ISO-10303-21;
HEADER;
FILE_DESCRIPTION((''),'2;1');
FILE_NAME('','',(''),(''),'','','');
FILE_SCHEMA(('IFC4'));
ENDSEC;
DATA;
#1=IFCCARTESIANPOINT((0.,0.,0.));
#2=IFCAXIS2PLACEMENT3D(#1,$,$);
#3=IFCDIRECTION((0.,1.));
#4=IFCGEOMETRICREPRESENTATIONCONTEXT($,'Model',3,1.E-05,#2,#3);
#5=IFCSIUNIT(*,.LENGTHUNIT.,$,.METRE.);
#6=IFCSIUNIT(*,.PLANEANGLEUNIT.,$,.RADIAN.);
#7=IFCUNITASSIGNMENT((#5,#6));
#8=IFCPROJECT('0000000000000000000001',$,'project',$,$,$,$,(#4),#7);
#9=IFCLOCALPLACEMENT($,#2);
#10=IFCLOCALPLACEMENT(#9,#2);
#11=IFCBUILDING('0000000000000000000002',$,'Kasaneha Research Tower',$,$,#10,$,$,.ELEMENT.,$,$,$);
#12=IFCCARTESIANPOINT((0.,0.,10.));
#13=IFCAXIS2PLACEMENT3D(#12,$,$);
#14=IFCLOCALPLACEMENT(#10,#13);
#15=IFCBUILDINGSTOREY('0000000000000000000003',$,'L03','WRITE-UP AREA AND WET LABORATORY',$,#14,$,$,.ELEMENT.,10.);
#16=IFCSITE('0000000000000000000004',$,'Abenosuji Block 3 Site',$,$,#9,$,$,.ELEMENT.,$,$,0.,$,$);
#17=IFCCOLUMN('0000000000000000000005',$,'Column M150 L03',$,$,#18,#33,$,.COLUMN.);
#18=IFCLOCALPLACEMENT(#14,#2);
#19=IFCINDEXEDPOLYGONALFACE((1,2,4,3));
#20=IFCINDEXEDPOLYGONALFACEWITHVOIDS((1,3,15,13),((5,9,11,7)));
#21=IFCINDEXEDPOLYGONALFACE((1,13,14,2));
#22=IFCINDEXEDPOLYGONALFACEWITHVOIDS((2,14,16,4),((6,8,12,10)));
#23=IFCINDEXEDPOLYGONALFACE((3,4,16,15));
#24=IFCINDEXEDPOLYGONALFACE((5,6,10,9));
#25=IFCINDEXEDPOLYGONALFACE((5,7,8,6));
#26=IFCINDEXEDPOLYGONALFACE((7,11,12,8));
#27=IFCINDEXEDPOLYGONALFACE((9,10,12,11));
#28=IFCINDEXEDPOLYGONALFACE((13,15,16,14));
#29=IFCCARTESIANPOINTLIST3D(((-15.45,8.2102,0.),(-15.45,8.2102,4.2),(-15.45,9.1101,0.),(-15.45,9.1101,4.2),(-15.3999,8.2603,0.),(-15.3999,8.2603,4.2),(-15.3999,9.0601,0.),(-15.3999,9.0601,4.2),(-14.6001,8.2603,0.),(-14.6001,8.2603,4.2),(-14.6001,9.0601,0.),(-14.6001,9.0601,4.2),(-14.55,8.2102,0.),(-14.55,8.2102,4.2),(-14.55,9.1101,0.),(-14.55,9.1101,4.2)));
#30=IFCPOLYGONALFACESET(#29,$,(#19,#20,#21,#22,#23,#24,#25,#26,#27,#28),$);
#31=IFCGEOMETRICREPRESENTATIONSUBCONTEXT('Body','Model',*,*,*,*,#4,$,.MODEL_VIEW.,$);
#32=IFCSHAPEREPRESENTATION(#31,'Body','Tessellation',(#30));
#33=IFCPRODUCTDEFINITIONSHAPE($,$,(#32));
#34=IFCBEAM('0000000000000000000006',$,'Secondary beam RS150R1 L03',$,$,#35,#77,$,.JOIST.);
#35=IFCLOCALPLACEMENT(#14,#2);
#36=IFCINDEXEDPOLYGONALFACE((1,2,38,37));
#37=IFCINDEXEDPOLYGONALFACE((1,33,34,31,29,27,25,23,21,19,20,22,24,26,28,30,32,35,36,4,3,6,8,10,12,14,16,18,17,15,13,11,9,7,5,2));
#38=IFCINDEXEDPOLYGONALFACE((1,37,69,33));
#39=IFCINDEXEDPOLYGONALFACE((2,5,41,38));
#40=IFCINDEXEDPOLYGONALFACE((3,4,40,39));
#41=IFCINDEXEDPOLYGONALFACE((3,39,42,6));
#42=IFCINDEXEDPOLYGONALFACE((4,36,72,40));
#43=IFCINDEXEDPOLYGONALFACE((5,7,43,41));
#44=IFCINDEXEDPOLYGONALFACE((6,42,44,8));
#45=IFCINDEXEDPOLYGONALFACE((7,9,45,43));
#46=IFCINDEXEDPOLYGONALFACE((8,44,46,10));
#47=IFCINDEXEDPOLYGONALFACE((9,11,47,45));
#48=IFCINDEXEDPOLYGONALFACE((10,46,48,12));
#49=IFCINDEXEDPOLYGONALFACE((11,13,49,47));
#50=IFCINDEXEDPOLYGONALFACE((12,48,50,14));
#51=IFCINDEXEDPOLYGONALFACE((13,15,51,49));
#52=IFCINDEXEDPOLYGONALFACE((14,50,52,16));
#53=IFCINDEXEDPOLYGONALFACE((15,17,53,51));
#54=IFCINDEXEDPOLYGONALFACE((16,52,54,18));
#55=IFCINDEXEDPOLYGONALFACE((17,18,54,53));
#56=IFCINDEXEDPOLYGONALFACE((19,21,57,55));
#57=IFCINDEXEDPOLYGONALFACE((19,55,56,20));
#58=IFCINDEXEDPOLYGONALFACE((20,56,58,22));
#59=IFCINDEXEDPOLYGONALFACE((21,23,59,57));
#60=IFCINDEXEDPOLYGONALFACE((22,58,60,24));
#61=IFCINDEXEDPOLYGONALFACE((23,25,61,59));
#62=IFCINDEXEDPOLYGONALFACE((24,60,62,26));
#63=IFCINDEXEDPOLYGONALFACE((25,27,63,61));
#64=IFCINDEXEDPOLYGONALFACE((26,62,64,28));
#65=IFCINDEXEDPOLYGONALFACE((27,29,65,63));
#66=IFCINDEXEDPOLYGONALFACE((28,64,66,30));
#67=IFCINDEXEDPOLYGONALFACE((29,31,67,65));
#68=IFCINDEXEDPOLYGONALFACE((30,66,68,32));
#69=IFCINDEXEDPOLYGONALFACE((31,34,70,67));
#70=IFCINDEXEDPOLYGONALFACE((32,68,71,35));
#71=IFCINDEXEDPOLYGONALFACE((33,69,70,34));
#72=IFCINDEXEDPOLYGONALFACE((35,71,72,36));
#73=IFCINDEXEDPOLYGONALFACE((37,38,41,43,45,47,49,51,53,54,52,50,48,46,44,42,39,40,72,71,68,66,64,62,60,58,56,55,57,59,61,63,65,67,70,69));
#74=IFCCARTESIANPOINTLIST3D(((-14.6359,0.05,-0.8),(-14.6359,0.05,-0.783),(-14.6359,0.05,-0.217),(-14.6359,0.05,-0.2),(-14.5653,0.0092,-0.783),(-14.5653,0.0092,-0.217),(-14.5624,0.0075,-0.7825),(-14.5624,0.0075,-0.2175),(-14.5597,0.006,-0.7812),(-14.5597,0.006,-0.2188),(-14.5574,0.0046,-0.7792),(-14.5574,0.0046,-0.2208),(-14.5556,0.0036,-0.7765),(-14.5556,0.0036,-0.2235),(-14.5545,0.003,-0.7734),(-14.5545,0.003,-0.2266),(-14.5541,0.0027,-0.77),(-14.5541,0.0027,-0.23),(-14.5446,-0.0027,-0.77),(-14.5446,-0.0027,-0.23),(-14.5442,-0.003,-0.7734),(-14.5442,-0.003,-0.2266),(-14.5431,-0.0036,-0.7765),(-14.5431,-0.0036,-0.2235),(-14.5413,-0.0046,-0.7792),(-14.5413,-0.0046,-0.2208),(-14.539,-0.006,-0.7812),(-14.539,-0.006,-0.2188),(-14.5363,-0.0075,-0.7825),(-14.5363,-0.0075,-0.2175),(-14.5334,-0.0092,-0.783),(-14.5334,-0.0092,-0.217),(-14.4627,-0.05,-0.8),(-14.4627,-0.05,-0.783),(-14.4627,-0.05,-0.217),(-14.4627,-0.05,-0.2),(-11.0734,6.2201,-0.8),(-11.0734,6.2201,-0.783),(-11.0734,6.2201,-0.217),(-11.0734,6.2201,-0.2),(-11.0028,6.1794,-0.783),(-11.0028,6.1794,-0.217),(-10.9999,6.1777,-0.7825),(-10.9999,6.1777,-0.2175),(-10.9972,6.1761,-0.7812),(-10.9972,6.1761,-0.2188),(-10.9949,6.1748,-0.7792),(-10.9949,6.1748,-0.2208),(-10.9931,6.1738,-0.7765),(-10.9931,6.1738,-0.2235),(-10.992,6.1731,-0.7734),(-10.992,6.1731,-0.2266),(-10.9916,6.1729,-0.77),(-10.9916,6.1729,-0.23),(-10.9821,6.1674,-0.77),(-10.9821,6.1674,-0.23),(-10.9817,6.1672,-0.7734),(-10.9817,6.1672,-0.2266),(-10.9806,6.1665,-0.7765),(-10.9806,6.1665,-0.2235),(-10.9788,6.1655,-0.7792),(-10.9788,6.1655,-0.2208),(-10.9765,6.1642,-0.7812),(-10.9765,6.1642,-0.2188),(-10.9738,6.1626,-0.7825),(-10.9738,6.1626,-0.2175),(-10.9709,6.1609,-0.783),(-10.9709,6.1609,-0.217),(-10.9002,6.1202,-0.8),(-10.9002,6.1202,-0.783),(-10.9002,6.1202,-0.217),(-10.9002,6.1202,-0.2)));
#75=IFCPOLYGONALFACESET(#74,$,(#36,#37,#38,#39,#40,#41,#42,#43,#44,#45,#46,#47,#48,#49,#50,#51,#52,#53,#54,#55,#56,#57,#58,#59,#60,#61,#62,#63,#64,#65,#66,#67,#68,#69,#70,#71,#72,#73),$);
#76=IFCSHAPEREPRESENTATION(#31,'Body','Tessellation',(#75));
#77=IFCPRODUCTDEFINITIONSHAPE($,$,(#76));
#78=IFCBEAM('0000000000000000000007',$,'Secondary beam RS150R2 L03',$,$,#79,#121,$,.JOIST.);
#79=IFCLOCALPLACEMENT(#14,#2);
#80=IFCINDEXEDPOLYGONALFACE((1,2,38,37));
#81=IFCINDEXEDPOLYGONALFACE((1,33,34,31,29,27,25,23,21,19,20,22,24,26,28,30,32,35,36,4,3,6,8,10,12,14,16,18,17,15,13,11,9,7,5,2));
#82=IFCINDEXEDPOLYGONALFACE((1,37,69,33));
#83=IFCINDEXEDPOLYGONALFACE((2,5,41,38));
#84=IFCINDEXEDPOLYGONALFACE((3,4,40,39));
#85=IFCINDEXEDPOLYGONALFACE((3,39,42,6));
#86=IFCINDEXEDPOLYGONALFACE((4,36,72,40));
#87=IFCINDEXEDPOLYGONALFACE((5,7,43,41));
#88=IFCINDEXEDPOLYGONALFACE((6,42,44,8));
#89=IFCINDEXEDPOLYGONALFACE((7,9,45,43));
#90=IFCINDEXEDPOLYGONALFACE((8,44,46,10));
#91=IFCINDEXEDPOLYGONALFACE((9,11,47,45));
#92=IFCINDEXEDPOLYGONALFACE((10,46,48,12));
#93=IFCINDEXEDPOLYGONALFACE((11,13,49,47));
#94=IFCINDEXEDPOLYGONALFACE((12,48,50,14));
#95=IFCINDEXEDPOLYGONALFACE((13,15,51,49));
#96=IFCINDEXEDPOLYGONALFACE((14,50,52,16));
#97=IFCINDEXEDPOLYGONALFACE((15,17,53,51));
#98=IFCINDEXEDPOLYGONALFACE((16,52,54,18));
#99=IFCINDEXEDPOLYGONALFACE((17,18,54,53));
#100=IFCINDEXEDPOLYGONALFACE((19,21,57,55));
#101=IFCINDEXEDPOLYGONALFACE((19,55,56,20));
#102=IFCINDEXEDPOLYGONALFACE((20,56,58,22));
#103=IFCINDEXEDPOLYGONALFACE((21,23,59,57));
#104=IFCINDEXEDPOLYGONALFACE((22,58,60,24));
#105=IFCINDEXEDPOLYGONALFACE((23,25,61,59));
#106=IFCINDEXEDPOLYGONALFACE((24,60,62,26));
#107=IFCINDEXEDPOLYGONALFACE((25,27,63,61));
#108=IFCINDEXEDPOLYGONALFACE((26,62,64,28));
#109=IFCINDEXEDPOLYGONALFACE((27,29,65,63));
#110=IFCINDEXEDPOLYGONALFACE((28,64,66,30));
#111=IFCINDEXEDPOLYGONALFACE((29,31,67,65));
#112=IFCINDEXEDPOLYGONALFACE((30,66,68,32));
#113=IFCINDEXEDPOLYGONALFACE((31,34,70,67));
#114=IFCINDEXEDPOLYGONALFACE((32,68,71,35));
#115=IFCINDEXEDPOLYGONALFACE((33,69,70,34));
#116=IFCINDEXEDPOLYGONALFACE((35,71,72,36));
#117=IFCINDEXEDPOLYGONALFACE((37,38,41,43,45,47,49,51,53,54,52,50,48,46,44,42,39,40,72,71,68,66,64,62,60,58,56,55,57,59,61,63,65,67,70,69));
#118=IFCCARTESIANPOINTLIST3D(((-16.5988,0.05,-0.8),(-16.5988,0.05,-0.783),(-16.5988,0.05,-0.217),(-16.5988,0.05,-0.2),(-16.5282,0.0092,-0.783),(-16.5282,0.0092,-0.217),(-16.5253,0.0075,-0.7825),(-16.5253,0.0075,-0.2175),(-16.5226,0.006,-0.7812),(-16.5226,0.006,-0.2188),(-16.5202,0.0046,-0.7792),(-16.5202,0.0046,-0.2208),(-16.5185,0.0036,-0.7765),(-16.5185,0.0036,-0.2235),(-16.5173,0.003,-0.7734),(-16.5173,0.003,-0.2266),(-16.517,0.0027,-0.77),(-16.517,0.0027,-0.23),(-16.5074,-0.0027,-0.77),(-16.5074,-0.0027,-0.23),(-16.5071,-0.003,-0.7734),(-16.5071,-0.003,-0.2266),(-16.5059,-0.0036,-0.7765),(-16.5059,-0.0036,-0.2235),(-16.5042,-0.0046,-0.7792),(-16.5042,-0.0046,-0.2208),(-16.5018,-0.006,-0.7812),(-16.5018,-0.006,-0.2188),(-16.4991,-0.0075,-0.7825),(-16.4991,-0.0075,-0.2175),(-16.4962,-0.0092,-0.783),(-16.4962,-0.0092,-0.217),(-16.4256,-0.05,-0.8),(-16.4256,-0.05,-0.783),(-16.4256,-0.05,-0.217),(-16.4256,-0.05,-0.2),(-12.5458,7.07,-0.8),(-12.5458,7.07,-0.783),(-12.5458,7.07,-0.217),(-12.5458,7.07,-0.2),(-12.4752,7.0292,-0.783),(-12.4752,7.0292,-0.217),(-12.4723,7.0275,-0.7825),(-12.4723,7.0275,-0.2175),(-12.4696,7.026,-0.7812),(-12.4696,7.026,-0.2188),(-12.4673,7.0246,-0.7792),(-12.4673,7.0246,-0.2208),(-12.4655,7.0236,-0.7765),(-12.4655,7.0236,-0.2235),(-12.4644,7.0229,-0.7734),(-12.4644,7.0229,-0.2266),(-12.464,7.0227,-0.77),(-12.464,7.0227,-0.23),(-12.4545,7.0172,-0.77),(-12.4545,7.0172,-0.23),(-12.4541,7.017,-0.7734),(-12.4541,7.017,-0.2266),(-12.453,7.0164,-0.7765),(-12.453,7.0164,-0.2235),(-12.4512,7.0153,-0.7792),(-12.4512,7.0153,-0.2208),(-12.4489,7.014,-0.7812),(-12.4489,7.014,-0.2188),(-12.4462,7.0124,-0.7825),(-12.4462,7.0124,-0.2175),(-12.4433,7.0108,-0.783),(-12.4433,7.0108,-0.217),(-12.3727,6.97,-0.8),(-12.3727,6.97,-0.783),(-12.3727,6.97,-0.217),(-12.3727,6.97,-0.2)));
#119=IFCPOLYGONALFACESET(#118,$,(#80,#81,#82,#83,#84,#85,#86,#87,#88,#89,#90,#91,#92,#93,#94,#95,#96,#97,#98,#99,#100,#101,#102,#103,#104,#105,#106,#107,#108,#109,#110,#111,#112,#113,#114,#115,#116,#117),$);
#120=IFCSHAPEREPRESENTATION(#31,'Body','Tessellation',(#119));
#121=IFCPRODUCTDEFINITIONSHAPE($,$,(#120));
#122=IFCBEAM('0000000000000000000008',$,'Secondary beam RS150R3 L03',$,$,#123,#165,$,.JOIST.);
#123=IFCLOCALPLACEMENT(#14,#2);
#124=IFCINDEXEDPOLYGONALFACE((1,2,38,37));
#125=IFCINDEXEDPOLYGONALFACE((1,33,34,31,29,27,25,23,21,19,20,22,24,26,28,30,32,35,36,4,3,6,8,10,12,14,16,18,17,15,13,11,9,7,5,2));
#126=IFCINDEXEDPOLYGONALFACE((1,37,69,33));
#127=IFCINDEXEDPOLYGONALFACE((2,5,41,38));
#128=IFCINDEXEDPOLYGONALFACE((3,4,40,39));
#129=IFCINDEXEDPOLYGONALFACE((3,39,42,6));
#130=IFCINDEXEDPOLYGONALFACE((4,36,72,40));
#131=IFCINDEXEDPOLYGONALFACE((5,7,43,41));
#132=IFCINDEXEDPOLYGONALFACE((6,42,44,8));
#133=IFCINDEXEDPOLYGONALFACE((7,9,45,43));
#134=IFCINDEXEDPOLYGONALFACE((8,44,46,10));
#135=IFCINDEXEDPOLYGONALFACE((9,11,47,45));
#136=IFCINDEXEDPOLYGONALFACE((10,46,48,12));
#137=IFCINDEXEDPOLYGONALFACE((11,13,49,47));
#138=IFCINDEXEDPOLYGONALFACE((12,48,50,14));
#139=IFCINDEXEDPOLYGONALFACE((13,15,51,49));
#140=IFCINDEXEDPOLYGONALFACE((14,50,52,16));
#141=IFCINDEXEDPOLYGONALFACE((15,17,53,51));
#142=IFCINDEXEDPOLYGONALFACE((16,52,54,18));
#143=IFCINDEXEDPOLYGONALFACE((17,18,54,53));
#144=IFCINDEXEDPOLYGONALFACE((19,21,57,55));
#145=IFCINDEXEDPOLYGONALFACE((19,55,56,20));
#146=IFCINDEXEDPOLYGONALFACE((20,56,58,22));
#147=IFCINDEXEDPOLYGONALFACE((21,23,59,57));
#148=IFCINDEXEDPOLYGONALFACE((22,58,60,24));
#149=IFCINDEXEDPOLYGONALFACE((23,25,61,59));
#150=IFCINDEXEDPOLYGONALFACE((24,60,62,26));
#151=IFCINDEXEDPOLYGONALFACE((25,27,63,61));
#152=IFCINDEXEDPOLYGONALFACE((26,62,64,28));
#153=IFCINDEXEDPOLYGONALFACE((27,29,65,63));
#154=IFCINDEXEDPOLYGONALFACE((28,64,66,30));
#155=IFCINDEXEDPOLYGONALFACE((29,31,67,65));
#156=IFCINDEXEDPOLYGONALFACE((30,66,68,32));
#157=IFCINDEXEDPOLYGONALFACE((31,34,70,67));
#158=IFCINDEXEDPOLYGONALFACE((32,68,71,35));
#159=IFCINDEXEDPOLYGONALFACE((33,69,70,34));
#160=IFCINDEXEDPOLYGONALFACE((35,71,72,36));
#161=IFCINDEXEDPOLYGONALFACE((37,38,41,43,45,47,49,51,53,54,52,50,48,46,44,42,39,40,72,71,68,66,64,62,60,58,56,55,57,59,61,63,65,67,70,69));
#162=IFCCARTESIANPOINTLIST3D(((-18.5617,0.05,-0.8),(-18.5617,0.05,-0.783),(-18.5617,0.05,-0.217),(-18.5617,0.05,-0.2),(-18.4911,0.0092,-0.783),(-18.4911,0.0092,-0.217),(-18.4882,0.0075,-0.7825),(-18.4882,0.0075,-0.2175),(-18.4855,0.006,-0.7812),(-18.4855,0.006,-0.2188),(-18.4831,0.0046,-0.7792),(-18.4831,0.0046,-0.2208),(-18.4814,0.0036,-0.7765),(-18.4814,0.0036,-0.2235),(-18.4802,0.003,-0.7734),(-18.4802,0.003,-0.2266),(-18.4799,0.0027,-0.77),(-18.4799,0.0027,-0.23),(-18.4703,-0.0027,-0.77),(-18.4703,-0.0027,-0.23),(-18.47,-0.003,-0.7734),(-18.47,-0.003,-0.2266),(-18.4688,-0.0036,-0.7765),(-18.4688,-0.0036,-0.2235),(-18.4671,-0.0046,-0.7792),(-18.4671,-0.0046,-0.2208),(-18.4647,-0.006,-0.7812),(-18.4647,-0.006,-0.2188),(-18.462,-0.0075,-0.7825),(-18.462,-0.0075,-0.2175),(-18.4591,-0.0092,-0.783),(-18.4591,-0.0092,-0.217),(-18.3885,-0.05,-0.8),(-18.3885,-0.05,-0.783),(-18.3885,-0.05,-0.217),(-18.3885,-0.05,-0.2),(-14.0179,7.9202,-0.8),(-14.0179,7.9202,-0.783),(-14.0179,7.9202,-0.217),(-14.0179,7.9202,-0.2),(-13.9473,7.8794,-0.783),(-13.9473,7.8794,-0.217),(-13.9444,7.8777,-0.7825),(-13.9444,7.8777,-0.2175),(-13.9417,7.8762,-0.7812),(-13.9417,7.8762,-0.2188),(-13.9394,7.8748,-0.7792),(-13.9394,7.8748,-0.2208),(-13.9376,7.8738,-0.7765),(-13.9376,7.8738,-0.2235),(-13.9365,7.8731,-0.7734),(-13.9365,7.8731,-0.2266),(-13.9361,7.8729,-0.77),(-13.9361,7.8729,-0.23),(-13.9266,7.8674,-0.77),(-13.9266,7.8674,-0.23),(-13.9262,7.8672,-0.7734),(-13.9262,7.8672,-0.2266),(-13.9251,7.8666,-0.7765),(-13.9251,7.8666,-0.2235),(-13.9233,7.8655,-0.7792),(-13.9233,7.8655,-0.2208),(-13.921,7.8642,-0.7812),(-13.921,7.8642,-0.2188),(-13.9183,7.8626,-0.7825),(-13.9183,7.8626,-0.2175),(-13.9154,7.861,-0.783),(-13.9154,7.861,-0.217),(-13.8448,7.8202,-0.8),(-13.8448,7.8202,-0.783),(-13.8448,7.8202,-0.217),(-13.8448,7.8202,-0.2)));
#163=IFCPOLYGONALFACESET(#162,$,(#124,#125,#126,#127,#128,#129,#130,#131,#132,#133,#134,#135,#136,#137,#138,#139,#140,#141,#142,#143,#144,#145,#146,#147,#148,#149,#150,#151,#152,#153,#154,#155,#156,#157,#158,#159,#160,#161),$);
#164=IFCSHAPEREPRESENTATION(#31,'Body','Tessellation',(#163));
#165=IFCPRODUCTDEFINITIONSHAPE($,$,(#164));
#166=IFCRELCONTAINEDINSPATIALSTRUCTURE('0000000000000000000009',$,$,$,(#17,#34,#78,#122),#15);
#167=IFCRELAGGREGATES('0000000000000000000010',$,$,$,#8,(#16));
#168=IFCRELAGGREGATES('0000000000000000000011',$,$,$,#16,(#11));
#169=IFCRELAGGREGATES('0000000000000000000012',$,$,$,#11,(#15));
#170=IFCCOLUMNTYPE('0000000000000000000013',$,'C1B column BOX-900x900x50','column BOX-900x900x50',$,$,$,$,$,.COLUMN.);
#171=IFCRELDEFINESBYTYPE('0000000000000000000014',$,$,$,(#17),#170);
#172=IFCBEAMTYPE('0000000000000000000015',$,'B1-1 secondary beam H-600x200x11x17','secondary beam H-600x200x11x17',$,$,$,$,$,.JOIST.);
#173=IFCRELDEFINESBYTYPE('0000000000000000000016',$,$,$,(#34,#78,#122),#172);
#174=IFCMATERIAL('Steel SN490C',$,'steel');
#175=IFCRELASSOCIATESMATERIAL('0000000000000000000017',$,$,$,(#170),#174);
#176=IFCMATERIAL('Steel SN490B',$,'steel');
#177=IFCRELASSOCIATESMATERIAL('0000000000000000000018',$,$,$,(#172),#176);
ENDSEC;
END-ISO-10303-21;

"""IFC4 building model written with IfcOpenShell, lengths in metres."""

from ifc_helpers import new_model, si_unit, direction, frame, origin, origin_2d, place, context, subcontext, project, spatial, hollow_rectangle, i_section, extrude, material, material_profile, profile_set, type_object, element, save


model = new_model("IFC4")

# Units and contexts
model_context = context("Model", 3, precision=1e-05, world=origin(), true_north=direction((0.0, 1.0)))
body_context = subcontext(model_context, "Body", "Model", "MODEL_VIEW")
ifc_project = project(units=[si_unit("LENGTHUNIT", "METRE"), si_unit("PLANEANGLEUNIT", "RADIAN")], contexts=[model_context])

# Site, building, storey
site_placement = place(None, origin())
site = spatial("IfcSite", under=ifc_project, at=site_placement, Name="Abenosuji Block 3 Site", CompositionType="ELEMENT", RefElevation=0.0)
building_placement = place(site_placement, origin())
building = spatial("IfcBuilding", under=site, at=building_placement, Name="Kasaneha Research Tower", CompositionType="ELEMENT")
storey_placement = place(building_placement, frame((0.0, 0.0, 10.0)))
storey = spatial("IfcBuildingStorey", under=building, at=storey_placement, Name="L03", Description="WRITE-UP AREA AND WET LABORATORY", CompositionType="ELEMENT", Elevation=10.0)

# Column
ifc_material_1 = material(Name="Steel SN490C", Category="steel")
ifc_material_profile_1 = material_profile(ifc_material_1, hollow_rectangle(XDim=0.8999, YDim=0.8999, WallThickness=0.05, at=origin_2d()), Name="BOX-900x900x50")
ifc_profile_set_1 = profile_set([ifc_material_profile_1], Name="Steel SN490C")
column_type = type_object("IfcColumnType", Name="C1B column BOX-900x900x50", Description="column BOX-900x900x50", PredefinedType="COLUMN", material=ifc_profile_set_1)
column_placement = place(storey_placement, frame((-15.0, 8.6602, 0.0), z_axis=(0.0, 0.0, 1.0), x_axis=(1.0, 0.0, 0.0)))
element("IfcColumn", 1, at=column_placement, inside=storey, type_object=column_type, Name="Column M150 L03", PredefinedType="COLUMN", context=body_context, shape_type="SweptSolid", body=[
    extrude(hollow_rectangle(XDim=0.8999, YDim=0.8999, WallThickness=0.05, at=origin_2d()), origin(), (0.0, 0.0, 1.0), 4.2),
])

# Beams
ifc_material_2 = material(Name="Steel SN490B", Category="steel")
ifc_material_profile_2 = material_profile(ifc_material_2, i_section(OverallWidth=0.2, OverallDepth=0.6001, WebThickness=0.011, FlangeThickness=0.0171, FilletRadius=0.0129, at=origin_2d()), Name="H-600x200x11x17")
ifc_profile_set_2 = profile_set([ifc_material_profile_2], Name="Steel SN490B")
beam_type_1 = type_object("IfcBeamType", Name="B1-1 secondary beam H-600x200x11x17", Description="secondary beam H-600x200x11x17", PredefinedType="JOIST", material=ifc_profile_set_2)
beam_1_placement = place(storey_placement, frame((-14.5493, 0.0, -0.5), z_axis=(0.500016, 0.866016, 0.0), x_axis=(-0.866016, 0.500016, 0.0)))
element("IfcBeam", 2, at=beam_1_placement, inside=storey, type_object=beam_type_1, Name="Secondary beam RS150R1 L03", PredefinedType="JOIST", context=body_context, shape_type="SweptSolid", body=[
    extrude(i_section(OverallWidth=0.2, OverallDepth=0.6001, WebThickness=0.011, FlangeThickness=0.0171, FilletRadius=0.0129, at=origin_2d()), origin(), (0.0, 0.0, 1.0), 7.1248),
])
beam_2_placement = place(storey_placement, frame((-16.5122, 0.0, -0.5), z_axis=(0.499997, 0.866027, 0.0), x_axis=(-0.866027, 0.499997, 0.0)))
element("IfcBeam", 3, at=beam_2_placement, inside=storey, type_object=beam_type_1, Name="Secondary beam RS150R2 L03", PredefinedType="JOIST", context=body_context, shape_type="SweptSolid", body=[
    extrude(i_section(OverallWidth=0.2, OverallDepth=0.6001, WebThickness=0.011, FlangeThickness=0.0171, FilletRadius=0.0129, at=origin_2d()), origin(), (0.0, 0.0, 1.0), 8.106),
])
beam_3_placement = place(storey_placement, frame((-18.4751, 0.0, -0.5), z_axis=(0.499991, 0.866031, 0.0), x_axis=(-0.866031, 0.499991, 0.0)))
element("IfcBeam", 4, at=beam_3_placement, inside=storey, type_object=beam_type_1, Name="Secondary beam RS150R3 L03", PredefinedType="JOIST", context=body_context, shape_type="SweptSolid", body=[
    extrude(i_section(OverallWidth=0.2, OverallDepth=0.6001, WebThickness=0.011, FlangeThickness=0.0171, FilletRadius=0.0129, at=origin_2d()), origin(), (0.0, 0.0, 1.0), 9.0876),
])

save(model, "model.ifc")
